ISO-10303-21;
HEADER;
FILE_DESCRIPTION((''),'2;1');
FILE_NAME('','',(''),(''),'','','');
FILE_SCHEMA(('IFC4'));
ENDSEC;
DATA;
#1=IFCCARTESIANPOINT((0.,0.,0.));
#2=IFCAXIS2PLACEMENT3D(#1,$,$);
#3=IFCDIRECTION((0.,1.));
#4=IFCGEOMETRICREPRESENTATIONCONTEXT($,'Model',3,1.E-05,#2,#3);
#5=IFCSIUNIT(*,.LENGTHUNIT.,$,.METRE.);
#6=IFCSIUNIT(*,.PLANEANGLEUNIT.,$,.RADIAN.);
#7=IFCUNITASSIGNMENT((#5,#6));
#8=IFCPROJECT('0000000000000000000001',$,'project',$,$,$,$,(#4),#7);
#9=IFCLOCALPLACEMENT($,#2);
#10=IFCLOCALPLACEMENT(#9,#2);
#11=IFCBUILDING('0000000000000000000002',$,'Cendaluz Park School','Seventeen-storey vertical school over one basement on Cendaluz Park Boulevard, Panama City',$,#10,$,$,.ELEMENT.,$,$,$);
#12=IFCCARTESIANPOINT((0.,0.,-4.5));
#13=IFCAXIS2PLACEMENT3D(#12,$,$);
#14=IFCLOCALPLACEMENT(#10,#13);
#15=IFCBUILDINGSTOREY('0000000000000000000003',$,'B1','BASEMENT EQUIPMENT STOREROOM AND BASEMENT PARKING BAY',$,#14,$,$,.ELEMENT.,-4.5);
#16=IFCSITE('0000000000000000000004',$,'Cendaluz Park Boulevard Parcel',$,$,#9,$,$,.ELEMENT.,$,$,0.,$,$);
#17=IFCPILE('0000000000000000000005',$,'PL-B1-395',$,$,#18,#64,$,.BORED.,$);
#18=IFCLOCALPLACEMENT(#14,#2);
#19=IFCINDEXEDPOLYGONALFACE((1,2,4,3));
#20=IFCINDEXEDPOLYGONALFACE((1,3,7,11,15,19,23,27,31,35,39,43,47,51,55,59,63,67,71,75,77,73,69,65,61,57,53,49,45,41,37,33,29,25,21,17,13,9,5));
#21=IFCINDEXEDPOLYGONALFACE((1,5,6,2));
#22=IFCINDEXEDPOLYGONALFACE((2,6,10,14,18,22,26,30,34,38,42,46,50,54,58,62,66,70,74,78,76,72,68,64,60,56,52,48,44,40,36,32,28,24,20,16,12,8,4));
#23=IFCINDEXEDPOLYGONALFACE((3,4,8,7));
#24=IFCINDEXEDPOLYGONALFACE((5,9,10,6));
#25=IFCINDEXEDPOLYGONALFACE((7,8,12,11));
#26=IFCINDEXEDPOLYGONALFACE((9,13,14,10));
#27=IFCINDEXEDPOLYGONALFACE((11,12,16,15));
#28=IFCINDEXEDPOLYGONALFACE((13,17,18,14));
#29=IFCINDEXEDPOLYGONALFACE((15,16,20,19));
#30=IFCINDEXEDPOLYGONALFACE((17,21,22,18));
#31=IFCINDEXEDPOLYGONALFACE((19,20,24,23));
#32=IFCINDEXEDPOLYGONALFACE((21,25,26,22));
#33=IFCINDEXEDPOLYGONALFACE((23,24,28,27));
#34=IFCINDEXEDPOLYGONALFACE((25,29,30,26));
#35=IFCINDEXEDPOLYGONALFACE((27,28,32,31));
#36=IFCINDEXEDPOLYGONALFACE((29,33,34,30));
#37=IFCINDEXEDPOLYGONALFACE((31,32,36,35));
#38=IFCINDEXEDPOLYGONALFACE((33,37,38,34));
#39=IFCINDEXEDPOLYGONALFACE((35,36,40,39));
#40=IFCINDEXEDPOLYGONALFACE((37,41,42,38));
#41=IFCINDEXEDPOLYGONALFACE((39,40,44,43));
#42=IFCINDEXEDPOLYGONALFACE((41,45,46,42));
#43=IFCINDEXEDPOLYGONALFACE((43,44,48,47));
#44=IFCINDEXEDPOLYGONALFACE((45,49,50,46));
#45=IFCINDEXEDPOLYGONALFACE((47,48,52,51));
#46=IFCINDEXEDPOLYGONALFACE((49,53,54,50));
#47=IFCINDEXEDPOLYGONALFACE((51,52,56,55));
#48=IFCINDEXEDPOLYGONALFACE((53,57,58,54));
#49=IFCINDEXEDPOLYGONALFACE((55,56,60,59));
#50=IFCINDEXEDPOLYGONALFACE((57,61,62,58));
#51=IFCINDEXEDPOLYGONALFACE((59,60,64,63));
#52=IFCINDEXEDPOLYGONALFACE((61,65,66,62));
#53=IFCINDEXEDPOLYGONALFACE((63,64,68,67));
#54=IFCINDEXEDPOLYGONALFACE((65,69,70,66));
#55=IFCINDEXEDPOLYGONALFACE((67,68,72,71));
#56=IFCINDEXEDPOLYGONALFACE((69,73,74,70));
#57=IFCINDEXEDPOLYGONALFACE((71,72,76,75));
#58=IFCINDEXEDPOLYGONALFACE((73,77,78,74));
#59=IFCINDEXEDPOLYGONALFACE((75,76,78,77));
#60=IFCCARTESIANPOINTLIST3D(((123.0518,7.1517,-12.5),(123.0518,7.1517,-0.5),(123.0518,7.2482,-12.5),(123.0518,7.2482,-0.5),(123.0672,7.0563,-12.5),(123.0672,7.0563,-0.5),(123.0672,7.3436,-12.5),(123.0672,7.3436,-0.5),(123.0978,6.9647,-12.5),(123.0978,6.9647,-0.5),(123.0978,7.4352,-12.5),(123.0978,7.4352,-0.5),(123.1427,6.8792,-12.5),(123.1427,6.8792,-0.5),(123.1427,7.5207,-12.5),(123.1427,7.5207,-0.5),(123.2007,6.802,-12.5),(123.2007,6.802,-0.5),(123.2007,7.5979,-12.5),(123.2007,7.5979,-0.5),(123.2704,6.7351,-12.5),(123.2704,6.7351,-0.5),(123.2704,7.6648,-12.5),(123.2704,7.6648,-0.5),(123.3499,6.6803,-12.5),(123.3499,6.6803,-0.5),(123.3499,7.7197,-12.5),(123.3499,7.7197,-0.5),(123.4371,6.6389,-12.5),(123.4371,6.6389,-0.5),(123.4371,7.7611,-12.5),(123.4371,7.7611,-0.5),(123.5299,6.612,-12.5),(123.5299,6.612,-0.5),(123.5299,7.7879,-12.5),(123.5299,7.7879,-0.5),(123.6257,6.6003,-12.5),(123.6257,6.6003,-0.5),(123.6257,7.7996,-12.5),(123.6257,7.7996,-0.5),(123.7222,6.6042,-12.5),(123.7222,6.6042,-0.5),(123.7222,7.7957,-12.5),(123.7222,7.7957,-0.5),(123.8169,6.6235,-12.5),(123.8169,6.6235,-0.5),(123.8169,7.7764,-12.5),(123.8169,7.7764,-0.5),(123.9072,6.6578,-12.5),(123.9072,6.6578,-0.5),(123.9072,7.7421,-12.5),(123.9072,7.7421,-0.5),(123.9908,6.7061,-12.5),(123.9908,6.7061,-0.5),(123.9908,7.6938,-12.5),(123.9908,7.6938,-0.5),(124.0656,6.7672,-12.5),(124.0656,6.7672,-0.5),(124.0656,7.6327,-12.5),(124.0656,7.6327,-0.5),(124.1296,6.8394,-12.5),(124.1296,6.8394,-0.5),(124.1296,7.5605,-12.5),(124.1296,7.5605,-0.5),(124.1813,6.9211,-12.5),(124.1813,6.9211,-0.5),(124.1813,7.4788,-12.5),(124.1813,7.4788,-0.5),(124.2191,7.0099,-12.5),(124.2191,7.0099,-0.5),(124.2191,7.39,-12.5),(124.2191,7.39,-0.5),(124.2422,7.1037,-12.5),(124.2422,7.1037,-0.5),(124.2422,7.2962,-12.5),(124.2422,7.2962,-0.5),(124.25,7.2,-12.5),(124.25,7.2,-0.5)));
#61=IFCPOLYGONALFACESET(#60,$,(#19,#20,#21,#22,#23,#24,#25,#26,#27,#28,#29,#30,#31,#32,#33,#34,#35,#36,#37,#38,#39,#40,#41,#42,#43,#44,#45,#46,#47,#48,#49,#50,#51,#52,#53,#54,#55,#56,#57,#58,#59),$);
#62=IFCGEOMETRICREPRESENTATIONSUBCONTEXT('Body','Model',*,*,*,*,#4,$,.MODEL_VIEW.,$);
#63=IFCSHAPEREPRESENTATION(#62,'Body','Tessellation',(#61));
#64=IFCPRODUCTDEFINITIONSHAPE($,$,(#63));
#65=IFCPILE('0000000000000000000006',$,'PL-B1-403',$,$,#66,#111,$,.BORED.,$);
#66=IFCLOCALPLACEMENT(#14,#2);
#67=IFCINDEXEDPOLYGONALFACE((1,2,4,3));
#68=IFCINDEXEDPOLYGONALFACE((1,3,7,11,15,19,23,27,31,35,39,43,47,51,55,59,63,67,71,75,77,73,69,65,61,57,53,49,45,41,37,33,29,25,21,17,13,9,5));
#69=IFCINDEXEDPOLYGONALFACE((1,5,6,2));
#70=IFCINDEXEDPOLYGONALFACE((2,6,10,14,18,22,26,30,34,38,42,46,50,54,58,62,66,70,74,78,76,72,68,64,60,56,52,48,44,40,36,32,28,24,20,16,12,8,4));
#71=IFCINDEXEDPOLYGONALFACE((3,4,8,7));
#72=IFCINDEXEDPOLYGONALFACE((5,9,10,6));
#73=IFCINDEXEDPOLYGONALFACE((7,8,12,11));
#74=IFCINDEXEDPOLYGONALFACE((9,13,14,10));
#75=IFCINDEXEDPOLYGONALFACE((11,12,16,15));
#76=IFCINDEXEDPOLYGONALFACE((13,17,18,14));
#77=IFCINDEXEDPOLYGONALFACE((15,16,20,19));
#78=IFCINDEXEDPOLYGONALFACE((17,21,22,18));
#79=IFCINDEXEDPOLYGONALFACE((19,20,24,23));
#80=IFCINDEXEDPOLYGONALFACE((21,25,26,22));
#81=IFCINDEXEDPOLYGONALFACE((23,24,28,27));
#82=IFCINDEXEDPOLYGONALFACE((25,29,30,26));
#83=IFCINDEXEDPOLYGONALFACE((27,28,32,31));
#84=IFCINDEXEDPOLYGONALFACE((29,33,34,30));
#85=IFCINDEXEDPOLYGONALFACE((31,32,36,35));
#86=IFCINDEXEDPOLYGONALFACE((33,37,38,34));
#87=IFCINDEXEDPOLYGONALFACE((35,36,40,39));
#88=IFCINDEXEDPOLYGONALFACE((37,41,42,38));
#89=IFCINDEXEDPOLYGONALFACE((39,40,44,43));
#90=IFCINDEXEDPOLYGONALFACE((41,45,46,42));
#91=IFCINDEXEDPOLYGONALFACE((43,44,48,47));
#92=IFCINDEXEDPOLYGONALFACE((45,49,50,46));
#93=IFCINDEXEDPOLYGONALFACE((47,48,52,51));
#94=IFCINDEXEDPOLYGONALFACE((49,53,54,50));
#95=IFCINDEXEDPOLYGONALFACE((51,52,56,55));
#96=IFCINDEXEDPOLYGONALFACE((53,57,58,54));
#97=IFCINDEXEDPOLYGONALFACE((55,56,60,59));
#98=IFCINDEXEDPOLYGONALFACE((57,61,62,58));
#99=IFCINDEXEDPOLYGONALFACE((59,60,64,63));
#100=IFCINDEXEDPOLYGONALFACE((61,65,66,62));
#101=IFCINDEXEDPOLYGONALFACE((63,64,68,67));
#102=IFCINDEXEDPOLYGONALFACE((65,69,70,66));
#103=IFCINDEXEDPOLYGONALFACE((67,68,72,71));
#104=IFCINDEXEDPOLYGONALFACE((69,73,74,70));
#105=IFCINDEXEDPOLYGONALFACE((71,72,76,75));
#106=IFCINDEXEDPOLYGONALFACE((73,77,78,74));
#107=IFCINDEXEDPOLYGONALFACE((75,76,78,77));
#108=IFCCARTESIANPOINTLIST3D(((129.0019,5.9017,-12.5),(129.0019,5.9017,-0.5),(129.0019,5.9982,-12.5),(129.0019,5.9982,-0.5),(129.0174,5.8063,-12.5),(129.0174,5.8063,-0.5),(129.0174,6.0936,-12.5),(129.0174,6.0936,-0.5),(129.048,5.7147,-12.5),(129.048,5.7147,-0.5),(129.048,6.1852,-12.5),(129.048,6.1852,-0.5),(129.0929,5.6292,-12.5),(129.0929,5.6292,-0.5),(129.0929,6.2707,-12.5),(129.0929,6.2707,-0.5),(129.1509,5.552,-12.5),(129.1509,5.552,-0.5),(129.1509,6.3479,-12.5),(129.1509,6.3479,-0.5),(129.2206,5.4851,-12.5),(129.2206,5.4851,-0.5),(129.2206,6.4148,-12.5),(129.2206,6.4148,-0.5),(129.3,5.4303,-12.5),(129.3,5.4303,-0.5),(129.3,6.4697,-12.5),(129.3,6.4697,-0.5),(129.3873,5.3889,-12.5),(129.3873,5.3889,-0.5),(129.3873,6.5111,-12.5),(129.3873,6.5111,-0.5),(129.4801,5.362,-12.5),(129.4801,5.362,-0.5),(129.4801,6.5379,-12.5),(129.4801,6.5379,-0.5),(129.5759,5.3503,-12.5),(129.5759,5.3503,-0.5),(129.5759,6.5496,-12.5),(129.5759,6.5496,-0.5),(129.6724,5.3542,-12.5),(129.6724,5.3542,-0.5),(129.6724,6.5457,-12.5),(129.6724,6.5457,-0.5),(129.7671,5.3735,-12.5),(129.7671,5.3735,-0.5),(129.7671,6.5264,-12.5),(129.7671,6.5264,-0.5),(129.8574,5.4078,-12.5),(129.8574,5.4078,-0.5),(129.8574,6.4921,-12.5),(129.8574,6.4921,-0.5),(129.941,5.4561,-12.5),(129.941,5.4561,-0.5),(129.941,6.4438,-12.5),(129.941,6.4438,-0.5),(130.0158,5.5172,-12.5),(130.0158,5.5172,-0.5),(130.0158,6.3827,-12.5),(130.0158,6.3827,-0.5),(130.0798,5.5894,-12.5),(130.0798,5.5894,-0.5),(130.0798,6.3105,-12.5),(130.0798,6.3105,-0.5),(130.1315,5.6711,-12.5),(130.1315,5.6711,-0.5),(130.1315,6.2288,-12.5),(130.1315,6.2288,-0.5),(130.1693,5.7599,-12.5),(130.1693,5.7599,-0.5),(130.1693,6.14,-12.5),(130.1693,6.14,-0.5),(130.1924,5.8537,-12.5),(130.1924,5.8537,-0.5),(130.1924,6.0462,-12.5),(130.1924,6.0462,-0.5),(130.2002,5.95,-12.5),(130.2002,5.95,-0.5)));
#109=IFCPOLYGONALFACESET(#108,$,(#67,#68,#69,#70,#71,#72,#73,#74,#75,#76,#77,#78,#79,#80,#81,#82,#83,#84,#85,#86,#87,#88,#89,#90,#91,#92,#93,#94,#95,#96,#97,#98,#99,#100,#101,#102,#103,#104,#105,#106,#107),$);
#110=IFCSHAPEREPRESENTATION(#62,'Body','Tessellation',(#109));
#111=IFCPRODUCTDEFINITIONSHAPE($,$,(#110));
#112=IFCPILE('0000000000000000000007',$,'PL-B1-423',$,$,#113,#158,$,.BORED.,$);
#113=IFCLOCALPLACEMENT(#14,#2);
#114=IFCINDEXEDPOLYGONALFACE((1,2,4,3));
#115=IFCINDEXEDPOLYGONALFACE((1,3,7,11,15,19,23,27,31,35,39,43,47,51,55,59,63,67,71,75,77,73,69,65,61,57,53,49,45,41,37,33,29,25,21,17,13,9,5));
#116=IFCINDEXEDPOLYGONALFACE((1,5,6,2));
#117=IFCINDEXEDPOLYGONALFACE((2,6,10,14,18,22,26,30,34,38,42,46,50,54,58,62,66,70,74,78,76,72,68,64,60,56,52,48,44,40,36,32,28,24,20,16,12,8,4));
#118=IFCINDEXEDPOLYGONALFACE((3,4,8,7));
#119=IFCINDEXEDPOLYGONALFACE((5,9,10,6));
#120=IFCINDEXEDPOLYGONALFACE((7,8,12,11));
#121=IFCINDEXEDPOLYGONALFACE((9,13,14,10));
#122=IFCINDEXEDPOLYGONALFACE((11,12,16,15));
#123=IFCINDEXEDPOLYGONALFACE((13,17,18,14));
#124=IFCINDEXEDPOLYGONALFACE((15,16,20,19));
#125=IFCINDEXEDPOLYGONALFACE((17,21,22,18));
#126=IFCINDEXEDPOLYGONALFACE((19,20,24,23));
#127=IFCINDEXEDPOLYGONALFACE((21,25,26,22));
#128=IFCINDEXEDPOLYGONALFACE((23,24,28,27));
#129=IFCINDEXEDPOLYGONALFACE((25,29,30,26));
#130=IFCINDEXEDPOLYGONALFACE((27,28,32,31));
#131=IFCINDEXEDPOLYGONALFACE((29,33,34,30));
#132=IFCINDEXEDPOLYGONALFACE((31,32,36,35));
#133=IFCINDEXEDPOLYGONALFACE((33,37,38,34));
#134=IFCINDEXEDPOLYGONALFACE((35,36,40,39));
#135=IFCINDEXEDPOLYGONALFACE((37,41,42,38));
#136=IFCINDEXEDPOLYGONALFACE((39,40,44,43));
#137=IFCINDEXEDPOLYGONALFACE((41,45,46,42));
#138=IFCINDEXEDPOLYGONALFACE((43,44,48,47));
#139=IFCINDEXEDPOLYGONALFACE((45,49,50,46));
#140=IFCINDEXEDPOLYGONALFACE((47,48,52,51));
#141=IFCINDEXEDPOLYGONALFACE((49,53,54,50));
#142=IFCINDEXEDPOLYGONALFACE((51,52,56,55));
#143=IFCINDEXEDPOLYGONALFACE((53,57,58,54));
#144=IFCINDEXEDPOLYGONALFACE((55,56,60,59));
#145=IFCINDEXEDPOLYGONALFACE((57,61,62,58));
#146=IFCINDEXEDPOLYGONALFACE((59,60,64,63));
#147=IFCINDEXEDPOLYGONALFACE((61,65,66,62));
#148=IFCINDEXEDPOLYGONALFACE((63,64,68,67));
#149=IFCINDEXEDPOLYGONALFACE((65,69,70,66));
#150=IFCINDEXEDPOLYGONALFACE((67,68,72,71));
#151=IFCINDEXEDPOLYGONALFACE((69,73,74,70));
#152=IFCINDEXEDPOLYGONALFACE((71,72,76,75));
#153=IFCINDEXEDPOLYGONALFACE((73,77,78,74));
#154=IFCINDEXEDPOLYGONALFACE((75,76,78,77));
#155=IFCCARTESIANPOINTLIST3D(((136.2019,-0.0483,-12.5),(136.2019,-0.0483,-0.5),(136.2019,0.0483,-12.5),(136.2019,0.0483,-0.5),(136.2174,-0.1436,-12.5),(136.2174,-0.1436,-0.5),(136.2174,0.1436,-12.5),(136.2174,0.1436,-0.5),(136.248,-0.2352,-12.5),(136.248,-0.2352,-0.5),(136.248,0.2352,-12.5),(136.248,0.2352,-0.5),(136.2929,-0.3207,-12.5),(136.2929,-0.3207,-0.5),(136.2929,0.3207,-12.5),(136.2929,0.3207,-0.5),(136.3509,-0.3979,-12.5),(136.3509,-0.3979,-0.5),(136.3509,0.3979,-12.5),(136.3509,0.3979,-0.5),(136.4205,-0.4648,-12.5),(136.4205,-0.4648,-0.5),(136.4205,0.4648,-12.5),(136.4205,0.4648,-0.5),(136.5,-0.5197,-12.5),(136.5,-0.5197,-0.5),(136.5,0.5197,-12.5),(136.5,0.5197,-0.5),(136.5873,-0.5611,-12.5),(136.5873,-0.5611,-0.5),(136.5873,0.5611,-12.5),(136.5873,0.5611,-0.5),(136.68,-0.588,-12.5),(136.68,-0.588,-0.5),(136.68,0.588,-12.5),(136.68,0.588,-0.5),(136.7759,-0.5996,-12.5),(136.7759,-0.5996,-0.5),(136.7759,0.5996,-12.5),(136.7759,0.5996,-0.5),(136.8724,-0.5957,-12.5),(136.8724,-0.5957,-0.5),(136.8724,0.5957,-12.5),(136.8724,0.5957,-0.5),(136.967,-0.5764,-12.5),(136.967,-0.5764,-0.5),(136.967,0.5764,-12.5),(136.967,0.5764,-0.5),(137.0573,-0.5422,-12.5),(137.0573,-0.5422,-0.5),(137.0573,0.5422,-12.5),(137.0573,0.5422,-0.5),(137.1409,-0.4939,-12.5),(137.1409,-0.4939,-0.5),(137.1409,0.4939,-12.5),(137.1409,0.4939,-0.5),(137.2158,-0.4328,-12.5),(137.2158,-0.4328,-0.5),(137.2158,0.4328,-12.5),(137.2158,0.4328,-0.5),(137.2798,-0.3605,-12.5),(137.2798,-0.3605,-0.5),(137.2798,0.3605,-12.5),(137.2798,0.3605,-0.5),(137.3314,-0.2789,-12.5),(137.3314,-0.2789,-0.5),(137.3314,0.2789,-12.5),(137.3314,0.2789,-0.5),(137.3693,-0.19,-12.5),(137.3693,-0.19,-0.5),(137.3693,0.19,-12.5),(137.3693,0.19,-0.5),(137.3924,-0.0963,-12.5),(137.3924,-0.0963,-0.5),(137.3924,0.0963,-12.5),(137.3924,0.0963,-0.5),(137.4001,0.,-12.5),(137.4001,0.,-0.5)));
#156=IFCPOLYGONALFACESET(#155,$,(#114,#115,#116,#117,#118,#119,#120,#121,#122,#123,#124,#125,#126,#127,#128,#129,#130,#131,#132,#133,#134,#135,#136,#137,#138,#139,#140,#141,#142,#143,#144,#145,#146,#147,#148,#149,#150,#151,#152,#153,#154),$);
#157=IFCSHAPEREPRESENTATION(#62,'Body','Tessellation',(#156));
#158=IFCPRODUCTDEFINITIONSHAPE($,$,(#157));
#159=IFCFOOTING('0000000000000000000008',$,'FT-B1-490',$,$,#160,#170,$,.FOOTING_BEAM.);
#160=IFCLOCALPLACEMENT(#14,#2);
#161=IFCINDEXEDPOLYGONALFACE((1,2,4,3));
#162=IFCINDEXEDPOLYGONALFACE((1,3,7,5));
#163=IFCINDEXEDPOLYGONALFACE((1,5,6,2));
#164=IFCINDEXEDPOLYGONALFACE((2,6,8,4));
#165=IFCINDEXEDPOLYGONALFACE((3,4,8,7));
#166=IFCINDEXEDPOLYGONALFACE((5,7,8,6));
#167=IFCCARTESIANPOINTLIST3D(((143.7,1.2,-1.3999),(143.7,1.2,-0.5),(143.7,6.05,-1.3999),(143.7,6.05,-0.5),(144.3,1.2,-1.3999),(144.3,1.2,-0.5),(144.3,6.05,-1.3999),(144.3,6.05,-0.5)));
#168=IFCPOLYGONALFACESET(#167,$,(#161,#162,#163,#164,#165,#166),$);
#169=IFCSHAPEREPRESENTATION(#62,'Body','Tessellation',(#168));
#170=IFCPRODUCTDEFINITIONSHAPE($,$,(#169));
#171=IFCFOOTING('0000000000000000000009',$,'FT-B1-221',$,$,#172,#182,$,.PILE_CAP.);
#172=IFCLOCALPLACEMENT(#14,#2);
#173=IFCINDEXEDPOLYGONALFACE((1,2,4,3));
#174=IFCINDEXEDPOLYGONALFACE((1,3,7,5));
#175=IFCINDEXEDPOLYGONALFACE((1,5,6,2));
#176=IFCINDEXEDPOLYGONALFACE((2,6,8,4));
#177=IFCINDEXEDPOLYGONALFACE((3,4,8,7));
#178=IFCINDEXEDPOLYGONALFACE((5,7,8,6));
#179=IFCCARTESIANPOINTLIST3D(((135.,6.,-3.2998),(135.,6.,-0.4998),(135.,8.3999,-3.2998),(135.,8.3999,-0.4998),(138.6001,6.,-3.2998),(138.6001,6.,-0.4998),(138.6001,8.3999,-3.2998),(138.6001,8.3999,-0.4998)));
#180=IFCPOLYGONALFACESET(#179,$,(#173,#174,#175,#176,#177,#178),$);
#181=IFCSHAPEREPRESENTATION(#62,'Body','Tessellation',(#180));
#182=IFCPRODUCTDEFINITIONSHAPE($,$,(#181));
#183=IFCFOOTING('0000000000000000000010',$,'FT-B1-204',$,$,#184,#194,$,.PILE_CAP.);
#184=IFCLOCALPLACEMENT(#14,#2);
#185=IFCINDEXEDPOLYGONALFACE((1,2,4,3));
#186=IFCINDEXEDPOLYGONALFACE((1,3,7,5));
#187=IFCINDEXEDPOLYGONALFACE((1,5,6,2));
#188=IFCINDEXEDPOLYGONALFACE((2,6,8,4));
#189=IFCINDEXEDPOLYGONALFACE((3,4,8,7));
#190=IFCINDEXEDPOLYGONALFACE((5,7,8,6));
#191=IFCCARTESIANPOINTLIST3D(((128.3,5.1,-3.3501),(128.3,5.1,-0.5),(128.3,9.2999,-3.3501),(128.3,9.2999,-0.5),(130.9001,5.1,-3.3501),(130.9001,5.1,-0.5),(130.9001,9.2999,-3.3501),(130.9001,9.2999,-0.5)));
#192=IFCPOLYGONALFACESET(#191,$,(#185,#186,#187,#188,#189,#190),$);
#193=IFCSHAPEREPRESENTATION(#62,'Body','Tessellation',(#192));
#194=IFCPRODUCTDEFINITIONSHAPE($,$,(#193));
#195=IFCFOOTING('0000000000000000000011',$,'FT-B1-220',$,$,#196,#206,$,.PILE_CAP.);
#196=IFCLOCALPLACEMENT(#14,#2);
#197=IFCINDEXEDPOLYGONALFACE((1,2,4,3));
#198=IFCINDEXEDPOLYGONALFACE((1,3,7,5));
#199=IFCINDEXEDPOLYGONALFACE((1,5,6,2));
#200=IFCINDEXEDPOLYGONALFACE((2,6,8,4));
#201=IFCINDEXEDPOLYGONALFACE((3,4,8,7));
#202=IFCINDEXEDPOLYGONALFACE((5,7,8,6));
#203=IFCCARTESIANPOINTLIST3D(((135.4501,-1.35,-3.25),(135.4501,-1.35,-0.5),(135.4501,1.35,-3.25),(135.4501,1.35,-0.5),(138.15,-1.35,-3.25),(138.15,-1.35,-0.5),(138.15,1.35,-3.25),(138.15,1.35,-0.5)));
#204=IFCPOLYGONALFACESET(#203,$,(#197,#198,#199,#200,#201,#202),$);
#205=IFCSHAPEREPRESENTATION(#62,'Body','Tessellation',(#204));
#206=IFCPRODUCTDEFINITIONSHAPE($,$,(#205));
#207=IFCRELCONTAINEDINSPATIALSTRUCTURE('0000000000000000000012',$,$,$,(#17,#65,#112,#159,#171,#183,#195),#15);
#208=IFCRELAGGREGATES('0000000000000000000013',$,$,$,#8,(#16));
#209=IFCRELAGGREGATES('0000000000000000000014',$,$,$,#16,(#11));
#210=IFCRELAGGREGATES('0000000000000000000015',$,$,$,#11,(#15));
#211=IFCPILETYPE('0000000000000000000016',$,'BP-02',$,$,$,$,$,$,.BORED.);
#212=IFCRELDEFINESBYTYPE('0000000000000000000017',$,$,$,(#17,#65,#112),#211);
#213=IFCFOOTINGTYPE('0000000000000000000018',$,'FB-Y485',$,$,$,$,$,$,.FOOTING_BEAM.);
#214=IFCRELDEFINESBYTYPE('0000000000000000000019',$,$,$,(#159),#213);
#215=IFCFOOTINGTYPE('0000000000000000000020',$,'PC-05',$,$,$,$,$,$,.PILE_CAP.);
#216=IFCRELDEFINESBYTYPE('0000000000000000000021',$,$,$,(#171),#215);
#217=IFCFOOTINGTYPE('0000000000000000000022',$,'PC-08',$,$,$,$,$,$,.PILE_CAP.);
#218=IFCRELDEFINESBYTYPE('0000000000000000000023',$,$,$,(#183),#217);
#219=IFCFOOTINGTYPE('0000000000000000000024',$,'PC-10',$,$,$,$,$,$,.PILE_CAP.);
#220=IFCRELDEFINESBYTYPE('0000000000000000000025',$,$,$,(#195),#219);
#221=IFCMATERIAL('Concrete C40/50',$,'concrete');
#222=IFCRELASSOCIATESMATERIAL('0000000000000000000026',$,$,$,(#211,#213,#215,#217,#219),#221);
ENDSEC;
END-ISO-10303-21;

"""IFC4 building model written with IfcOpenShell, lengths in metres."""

from ifc_helpers import new_model, si_unit, direction, frame, origin, origin_2d, place, context, subcontext, project, spatial, rectangle, circle, extrude, material, material_profile, profile_set, type_object, element, save


model = new_model("IFC4")

# Units and contexts
model_context = context("Model", 3, precision=1e-05, world=origin(), true_north=direction((0.0, 1.0)))
body_context = subcontext(model_context, "Body", "Model", "MODEL_VIEW")
ifc_project = project(units=[si_unit("LENGTHUNIT", "METRE"), si_unit("PLANEANGLEUNIT", "RADIAN")], contexts=[model_context])

# Site, building, storey
site_placement = place(None, origin())
site = spatial("IfcSite", under=ifc_project, at=site_placement, Name="Cendaluz Park Boulevard Parcel", CompositionType="ELEMENT", RefElevation=0.0)
building_placement = place(site_placement, origin())
building = spatial("IfcBuilding", under=site, at=building_placement, Name="Cendaluz Park School", Description="Seventeen-storey vertical school over one basement on Cendaluz Park Boulevard, Panama City", CompositionType="ELEMENT")
storey_placement = place(building_placement, frame((0.0, 0.0, -4.5)))
storey = spatial("IfcBuildingStorey", under=building, at=storey_placement, Name="B1", Description="BASEMENT EQUIPMENT STOREROOM AND BASEMENT PARKING BAY", CompositionType="ELEMENT", Elevation=-4.5)

# Piles
ifc_material_1 = material(Name="Concrete C40/50", Category="concrete")
ifc_material_profile_1 = material_profile(ifc_material_1, circle(Radius=0.6001, at=origin_2d()), Name="BP D1200", Category="concrete")
ifc_profile_set_1 = profile_set([ifc_material_profile_1], Name="Concrete C40/50")
pile_type_1 = type_object("IfcPileType", Name="BP-02", PredefinedType="BORED", material=ifc_profile_set_1)
for number, where, z_axis, x_axis, name in (
    (1, (123.6499, 7.2, -0.5), (0.0, 0.0, -1.0), (1.0, 0.0, 0.0), "PL-B1-395"),
    (2, (129.6001, 5.95, -0.5), (0.0, 0.0, -1.0), (1.0, 0.0, 0.0), "PL-B1-403"),
    (3, (136.8, 0.0, -0.5), (0.0, 0.0, -1.0), (1.0, 0.0, 0.0), "PL-B1-423"),
):
    element("IfcPile", number, at=place(storey_placement, frame(where, z_axis=z_axis, x_axis=x_axis)), inside=storey, type_object=pile_type_1, Name=name, PredefinedType="BORED", context=body_context, shape_type="SweptSolid", body=[
        extrude(circle(Radius=0.6001, at=origin_2d()), origin(), (0.0, 0.0, 1.0), 12.0),
    ])

# Footings
footing_type_1 = type_object("IfcFootingType", Name="FB-Y485", PredefinedType="FOOTING_BEAM", material=ifc_material_1)
footing_1_placement = place(storey_placement, frame((144.0, 3.625, -1.3999), z_axis=(0.0, 0.0, 1.0), x_axis=(1.0, 0.0, 0.0)))
element("IfcFooting", 4, at=footing_1_placement, inside=storey, type_object=footing_type_1, Name="FT-B1-490", PredefinedType="FOOTING_BEAM", context=body_context, shape_type="SweptSolid", body=[
    extrude(rectangle(XDim=0.6001, YDim=4.8501, at=origin_2d()), origin(), (0.0, 0.0, 1.0), 0.8999),
])
footing_type_2 = type_object("IfcFootingType", Name="PC-05", PredefinedType="PILE_CAP", material=ifc_material_1)
footing_2_placement = place(storey_placement, frame((136.8, 7.2, -3.2998), z_axis=(0.0, 0.0, 1.0), x_axis=(1.0, 0.0, 0.0)))
element("IfcFooting", 5, at=footing_2_placement, inside=storey, type_object=footing_type_2, Name="FT-B1-221", PredefinedType="PILE_CAP", context=body_context, shape_type="SweptSolid", body=[
    extrude(rectangle(XDim=3.6001, YDim=2.3999, at=origin_2d()), origin(), (0.0, 0.0, 1.0), 2.8),
])
footing_type_3 = type_object("IfcFootingType", Name="PC-08", PredefinedType="PILE_CAP", material=ifc_material_1)
footing_3_placement = place(storey_placement, frame((129.6001, 7.2, -3.3501), z_axis=(0.0, 0.0, 1.0), x_axis=(1.0, 0.0, 0.0)))
element("IfcFooting", 6, at=footing_3_placement, inside=storey, type_object=footing_type_3, Name="FT-B1-204", PredefinedType="PILE_CAP", context=body_context, shape_type="SweptSolid", body=[
    extrude(rectangle(XDim=2.6001, YDim=4.2, at=origin_2d()), origin(), (0.0, 0.0, 1.0), 2.8501),
])
footing_type_4 = type_object("IfcFootingType", Name="PC-10", PredefinedType="PILE_CAP", material=ifc_material_1)
footing_4_placement = place(storey_placement, frame((136.8, 0.0, -3.25), z_axis=(0.0, 0.0, 1.0), x_axis=(1.0, 0.0, 0.0)))
element("IfcFooting", 7, at=footing_4_placement, inside=storey, type_object=footing_type_4, Name="FT-B1-220", PredefinedType="PILE_CAP", context=body_context, shape_type="SweptSolid", body=[
    extrude(rectangle(XDim=2.7, YDim=2.7, at=origin_2d()), origin(), (0.0, 0.0, 1.0), 2.75),
])

save(model, "model.ifc")
